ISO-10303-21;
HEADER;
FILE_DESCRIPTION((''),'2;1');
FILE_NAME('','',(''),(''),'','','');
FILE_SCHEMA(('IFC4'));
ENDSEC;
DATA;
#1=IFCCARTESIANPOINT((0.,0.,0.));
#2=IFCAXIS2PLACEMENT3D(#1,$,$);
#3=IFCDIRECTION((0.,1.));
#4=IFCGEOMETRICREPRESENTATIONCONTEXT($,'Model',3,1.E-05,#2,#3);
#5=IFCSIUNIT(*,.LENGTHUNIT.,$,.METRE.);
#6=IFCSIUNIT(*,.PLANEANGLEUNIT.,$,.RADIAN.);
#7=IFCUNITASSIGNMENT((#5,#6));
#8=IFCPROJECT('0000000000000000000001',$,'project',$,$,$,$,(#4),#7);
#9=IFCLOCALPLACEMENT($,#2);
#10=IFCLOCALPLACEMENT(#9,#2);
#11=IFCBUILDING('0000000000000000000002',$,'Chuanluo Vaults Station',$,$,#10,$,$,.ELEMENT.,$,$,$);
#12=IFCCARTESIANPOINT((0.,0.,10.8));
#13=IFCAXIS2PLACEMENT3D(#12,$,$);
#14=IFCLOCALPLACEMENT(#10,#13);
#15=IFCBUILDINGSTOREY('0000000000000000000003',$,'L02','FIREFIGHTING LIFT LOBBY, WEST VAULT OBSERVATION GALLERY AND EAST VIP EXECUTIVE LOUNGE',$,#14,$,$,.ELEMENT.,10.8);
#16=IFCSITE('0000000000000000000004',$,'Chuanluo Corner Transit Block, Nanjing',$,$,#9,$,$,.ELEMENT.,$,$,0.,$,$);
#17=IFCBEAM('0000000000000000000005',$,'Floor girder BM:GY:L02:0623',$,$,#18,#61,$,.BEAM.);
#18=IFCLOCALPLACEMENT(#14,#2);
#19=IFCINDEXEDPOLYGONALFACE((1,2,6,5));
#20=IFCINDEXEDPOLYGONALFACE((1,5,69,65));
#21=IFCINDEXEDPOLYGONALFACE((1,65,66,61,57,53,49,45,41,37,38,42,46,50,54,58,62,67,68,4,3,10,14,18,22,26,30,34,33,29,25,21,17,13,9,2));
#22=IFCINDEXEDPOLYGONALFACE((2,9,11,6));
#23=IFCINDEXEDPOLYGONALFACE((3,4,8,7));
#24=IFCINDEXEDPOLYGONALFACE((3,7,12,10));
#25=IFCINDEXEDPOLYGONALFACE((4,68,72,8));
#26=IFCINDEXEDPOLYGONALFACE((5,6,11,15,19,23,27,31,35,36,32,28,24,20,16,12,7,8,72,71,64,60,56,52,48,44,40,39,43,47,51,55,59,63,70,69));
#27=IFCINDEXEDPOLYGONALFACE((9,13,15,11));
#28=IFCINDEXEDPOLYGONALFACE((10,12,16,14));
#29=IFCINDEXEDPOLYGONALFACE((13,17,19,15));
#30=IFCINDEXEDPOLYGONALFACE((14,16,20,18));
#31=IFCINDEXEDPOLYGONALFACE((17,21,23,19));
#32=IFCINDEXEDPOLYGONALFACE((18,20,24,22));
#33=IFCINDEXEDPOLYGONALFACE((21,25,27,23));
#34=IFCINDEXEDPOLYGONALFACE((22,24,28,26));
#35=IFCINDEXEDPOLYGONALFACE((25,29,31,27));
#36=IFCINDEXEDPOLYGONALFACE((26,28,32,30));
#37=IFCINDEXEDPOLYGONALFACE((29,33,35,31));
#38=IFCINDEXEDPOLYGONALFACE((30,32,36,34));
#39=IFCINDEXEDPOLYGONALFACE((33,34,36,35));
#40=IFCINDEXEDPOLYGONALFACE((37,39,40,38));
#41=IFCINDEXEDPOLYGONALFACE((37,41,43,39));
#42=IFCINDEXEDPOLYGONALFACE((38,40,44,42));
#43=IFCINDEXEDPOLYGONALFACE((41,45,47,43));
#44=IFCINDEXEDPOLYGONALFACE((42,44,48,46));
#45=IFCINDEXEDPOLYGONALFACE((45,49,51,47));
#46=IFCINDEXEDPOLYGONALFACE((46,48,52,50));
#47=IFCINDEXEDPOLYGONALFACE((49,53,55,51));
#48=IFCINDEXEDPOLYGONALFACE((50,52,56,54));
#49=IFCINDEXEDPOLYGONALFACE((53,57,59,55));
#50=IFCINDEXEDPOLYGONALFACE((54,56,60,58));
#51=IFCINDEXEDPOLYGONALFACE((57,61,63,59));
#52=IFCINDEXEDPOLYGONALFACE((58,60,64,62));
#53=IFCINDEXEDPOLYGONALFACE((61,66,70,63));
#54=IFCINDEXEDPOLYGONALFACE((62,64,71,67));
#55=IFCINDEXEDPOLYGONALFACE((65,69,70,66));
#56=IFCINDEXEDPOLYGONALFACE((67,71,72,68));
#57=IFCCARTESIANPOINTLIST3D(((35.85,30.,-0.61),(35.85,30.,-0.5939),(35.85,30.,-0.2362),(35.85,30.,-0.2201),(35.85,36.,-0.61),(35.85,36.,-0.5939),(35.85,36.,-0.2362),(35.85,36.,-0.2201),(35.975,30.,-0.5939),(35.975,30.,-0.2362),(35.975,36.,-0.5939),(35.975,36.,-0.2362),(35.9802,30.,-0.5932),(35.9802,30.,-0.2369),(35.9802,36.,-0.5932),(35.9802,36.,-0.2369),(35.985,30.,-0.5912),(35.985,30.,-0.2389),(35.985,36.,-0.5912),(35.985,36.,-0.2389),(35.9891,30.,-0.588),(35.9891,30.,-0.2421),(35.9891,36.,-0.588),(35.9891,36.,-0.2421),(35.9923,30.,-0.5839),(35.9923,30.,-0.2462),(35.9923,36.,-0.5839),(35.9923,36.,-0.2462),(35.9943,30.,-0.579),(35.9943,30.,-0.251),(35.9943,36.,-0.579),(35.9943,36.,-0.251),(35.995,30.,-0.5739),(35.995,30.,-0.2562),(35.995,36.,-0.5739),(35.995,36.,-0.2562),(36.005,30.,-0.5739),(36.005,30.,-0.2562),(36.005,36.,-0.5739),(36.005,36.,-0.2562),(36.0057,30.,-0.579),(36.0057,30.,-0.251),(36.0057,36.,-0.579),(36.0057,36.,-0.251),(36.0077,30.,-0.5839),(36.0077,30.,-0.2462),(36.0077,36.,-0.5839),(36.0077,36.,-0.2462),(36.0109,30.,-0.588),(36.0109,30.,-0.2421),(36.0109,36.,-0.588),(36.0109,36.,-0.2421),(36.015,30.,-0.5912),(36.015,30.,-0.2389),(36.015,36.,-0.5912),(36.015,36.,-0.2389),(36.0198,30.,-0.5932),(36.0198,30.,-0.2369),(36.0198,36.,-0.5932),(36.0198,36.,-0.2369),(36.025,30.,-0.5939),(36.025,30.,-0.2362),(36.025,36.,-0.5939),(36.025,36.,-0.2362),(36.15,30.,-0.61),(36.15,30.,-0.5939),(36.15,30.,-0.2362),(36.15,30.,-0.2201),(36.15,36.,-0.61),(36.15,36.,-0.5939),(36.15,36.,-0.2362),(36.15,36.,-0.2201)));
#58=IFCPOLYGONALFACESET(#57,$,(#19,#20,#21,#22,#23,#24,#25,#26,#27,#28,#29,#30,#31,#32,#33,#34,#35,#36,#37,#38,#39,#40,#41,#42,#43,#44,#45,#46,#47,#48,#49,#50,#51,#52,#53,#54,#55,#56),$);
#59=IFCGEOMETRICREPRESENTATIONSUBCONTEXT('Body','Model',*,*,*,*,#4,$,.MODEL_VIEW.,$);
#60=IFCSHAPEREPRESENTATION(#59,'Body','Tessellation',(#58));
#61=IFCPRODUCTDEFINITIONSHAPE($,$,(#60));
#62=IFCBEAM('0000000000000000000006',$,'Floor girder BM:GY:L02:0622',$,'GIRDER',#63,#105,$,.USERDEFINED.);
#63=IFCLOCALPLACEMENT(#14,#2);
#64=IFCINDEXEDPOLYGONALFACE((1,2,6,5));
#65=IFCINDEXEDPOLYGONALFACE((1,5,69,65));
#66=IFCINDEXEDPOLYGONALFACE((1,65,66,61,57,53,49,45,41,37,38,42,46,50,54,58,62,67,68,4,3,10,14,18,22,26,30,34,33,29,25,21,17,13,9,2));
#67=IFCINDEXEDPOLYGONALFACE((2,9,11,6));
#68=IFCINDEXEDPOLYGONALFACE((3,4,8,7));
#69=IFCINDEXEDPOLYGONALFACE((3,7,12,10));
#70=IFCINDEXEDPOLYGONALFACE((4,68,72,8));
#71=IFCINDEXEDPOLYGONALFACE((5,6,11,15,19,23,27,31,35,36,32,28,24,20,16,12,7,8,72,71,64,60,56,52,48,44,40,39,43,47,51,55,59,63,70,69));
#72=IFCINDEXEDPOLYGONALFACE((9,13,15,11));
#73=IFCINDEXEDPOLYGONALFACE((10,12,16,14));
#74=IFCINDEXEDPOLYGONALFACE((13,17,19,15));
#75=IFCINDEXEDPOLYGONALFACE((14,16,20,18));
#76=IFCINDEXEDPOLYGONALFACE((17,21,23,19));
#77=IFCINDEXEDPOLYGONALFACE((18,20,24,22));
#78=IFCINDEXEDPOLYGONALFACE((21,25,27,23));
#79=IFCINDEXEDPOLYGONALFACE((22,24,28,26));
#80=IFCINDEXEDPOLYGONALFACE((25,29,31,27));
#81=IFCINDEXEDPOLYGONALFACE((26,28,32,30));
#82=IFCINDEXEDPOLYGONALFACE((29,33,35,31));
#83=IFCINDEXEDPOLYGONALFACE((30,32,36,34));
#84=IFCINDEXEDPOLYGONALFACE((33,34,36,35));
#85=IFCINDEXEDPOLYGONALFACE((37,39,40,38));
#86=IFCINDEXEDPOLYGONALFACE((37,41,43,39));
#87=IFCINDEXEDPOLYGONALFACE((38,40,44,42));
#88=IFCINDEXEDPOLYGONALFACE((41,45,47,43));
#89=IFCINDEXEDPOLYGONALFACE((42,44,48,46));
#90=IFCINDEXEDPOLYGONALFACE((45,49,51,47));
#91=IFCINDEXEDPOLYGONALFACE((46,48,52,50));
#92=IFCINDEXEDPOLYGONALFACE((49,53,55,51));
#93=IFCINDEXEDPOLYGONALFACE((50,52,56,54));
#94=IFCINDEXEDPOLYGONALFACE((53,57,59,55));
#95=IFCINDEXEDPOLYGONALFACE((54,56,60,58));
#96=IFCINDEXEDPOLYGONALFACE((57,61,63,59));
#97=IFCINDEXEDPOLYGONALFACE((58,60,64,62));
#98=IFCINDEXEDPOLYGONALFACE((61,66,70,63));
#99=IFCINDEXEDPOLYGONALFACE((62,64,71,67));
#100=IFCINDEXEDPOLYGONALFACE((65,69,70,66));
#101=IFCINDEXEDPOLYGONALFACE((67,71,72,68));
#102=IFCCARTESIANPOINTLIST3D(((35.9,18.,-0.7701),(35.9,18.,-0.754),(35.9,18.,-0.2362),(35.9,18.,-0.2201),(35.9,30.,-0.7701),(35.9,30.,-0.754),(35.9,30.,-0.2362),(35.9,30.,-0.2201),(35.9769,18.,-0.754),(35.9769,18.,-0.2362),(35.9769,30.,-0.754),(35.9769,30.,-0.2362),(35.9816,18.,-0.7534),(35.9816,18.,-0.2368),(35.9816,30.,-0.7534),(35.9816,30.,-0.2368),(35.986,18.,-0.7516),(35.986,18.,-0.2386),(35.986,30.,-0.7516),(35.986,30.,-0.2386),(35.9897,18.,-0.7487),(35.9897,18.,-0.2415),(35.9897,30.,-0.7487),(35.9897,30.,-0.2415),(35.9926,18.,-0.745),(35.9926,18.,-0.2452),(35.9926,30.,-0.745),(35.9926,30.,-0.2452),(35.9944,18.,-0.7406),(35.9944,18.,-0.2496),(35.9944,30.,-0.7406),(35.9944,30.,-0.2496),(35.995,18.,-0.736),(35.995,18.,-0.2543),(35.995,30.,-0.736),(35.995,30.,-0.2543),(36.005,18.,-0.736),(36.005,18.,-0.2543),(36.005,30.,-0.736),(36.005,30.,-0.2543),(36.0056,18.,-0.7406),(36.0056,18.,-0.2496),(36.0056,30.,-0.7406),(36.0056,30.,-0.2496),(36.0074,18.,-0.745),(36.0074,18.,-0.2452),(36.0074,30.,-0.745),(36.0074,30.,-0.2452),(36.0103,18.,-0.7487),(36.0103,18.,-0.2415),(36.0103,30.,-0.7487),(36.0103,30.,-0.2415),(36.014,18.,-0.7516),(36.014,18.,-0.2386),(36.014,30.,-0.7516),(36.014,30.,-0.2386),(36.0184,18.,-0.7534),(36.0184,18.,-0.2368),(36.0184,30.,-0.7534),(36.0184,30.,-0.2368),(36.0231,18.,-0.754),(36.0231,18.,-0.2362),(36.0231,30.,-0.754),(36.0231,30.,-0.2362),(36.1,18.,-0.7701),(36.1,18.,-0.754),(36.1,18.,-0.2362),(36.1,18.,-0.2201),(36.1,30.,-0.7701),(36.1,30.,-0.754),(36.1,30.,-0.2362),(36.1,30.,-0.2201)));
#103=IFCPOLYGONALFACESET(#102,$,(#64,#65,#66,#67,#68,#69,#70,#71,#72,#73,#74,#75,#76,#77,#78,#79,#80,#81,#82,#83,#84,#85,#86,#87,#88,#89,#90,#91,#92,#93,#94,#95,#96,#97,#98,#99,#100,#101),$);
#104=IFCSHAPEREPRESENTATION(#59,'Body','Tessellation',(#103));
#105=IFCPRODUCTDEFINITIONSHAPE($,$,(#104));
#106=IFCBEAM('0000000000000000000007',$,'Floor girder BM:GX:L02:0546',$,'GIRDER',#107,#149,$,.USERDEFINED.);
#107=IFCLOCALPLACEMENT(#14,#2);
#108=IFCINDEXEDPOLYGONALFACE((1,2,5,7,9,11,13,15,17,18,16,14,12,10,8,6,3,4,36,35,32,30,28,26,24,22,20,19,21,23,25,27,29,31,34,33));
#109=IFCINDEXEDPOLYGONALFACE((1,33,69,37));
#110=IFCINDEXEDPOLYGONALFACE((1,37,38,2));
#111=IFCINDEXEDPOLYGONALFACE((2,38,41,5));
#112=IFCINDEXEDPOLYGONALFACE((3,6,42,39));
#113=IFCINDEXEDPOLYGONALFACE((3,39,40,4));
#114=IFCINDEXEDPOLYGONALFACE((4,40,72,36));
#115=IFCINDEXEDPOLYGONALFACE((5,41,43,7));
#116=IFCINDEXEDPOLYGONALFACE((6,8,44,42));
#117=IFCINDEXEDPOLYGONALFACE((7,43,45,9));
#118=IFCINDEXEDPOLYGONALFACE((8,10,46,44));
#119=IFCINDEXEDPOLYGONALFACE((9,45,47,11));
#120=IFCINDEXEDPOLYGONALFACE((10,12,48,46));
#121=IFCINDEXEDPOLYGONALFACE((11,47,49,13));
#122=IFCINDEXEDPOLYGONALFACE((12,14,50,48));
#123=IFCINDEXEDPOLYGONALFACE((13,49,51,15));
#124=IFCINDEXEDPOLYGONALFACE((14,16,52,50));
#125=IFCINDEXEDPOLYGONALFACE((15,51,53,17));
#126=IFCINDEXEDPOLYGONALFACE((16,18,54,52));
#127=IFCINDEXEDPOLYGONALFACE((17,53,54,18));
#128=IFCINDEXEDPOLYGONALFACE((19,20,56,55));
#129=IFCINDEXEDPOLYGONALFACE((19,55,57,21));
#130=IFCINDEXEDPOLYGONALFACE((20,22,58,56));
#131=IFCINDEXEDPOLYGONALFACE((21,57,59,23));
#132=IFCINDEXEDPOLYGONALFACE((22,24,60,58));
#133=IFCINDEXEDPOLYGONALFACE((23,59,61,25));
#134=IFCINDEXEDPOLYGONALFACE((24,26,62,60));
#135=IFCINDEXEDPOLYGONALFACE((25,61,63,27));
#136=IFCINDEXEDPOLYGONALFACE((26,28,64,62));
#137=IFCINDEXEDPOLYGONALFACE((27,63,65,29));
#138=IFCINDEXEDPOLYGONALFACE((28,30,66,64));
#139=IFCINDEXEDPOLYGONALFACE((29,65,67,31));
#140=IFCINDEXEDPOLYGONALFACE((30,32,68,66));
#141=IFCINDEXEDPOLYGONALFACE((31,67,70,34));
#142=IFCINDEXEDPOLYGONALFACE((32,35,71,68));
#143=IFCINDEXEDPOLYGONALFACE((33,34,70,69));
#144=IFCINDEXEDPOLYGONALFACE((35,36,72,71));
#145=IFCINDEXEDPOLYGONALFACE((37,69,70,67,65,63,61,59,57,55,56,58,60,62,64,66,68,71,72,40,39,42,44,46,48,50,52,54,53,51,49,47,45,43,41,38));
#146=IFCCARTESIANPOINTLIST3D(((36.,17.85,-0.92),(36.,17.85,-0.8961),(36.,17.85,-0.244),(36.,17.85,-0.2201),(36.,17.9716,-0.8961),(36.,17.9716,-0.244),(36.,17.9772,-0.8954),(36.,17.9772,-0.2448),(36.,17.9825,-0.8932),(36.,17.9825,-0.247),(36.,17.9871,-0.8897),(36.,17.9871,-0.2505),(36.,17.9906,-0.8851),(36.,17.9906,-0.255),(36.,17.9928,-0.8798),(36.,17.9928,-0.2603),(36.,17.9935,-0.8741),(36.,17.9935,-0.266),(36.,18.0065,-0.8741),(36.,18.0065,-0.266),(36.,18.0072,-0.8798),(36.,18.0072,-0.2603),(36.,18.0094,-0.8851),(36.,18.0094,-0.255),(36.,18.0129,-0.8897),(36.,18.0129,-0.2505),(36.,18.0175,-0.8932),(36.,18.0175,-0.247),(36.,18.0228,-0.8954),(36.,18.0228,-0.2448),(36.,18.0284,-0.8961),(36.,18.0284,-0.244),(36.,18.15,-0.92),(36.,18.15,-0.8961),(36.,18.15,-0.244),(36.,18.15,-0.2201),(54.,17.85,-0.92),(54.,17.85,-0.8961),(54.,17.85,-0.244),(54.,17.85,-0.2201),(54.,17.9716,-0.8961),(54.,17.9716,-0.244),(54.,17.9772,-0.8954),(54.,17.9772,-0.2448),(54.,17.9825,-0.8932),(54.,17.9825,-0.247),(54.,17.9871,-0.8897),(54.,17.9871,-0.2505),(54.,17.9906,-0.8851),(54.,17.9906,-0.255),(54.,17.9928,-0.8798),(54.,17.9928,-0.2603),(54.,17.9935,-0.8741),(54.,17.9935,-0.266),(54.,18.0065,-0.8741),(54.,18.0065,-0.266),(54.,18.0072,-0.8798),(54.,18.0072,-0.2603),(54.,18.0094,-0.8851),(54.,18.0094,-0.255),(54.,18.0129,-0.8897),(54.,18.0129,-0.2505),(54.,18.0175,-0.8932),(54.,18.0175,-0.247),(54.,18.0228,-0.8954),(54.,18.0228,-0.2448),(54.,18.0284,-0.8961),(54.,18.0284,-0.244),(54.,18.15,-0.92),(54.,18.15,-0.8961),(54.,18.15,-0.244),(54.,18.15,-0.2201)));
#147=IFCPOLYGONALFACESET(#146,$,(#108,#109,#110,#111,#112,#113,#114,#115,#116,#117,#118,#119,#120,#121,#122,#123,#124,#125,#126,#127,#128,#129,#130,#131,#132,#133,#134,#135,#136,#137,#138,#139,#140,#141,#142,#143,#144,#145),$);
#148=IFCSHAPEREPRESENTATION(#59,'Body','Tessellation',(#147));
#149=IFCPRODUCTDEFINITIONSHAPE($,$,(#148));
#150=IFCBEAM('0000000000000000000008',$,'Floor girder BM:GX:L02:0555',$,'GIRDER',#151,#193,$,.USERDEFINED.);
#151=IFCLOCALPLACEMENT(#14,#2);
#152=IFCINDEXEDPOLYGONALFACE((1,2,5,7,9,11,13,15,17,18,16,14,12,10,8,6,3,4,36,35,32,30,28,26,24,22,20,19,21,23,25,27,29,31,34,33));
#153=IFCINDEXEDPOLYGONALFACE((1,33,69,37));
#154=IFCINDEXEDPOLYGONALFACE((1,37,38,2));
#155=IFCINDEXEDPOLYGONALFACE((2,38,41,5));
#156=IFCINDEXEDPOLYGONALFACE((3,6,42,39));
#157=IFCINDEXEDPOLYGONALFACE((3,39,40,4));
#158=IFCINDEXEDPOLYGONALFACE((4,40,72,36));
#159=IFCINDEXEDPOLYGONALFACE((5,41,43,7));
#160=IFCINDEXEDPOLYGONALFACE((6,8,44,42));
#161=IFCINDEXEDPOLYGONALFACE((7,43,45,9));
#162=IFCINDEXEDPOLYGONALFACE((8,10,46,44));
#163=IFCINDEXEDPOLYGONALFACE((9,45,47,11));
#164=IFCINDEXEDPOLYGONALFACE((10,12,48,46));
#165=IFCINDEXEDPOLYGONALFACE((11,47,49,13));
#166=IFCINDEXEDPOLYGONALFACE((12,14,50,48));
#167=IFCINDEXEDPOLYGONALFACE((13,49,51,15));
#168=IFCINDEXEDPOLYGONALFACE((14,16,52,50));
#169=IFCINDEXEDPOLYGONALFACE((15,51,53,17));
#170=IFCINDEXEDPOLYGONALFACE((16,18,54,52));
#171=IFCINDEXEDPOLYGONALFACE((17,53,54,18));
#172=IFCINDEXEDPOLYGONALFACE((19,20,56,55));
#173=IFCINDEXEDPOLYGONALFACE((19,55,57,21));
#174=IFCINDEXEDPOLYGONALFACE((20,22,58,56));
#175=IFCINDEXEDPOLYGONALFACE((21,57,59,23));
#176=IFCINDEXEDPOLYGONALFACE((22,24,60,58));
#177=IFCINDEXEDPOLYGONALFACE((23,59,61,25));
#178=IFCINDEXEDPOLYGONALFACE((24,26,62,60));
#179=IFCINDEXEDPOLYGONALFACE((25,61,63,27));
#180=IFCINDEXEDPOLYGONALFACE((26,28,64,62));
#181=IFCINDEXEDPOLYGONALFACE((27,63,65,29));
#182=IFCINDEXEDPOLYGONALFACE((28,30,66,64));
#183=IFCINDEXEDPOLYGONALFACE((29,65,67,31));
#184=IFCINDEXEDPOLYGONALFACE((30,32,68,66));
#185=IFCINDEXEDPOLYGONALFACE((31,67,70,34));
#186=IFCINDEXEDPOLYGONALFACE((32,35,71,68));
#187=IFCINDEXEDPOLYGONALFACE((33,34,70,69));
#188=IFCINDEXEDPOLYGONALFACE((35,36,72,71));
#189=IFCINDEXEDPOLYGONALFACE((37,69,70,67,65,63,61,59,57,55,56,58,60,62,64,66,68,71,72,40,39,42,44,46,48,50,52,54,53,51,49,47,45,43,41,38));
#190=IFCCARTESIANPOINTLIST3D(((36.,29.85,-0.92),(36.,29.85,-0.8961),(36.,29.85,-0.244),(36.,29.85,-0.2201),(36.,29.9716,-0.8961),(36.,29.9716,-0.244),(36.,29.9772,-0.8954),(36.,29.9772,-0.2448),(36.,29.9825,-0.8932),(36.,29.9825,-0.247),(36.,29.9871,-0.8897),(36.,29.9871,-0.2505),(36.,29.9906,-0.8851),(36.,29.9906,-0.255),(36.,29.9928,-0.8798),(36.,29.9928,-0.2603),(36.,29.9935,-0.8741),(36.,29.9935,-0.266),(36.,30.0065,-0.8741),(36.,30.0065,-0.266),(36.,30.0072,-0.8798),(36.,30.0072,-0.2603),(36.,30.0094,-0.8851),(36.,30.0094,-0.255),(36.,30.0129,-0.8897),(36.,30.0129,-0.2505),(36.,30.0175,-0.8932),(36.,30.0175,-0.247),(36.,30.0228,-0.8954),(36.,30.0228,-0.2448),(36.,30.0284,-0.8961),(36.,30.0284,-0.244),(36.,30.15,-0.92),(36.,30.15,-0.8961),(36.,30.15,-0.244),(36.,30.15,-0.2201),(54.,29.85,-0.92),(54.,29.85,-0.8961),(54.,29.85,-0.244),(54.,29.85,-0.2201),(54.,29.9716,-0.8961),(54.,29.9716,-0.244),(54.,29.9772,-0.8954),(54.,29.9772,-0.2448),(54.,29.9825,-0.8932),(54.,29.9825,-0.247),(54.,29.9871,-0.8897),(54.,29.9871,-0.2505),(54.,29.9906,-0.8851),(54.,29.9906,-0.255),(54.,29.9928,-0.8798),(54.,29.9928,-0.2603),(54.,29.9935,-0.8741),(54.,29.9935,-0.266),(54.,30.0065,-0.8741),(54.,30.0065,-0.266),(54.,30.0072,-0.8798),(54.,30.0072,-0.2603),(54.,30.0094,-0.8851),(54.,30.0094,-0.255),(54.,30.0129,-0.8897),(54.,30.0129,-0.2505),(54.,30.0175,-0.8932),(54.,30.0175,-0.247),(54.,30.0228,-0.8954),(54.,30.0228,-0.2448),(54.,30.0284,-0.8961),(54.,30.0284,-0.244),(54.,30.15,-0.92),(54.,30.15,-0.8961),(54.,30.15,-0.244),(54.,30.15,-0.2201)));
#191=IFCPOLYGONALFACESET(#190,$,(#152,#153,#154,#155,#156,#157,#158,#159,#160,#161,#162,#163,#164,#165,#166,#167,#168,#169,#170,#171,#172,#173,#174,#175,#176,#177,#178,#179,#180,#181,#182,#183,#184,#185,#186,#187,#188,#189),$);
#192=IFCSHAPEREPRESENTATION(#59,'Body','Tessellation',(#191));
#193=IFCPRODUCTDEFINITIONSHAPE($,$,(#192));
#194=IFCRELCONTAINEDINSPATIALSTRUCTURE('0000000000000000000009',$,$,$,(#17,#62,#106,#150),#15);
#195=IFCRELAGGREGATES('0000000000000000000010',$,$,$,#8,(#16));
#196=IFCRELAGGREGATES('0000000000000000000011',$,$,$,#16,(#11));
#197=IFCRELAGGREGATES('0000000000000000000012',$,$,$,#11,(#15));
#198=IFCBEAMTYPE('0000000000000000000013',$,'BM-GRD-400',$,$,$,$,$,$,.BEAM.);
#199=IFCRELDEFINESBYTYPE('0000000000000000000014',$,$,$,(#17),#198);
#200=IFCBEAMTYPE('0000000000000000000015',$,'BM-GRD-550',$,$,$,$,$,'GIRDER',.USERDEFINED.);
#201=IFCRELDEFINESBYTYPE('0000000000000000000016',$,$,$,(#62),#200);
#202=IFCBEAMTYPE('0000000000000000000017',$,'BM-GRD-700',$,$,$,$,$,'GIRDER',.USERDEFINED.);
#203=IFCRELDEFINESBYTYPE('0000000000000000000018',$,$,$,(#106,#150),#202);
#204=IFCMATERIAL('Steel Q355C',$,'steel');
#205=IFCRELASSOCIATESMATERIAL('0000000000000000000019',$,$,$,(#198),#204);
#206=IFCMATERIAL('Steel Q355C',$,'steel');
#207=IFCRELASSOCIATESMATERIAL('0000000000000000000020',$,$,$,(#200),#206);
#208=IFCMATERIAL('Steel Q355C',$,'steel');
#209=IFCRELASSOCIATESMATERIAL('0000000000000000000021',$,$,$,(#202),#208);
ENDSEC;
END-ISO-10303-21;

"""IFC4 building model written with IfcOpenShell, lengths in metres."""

from ifc_helpers import new_model, si_unit, direction, frame, origin, origin_2d, place, context, subcontext, project, spatial, i_section, extrude, material, material_profile, profile_set, type_object, element, save


model = new_model("IFC4")

# Units and contexts
model_context = context("Model", 3, precision=1e-05, world=origin(), true_north=direction((0.0, 1.0)))
body_context = subcontext(model_context, "Body", "Model", "MODEL_VIEW")
ifc_project = project(units=[si_unit("LENGTHUNIT", "METRE"), si_unit("PLANEANGLEUNIT", "RADIAN")], contexts=[model_context])

# Site, building, storey
site_placement = place(None, origin())
site = spatial("IfcSite", under=ifc_project, at=site_placement, Name="Chuanluo Corner Transit Block, Nanjing", CompositionType="ELEMENT", RefElevation=0.0)
building_placement = place(site_placement, origin())
building = spatial("IfcBuilding", under=site, at=building_placement, Name="Chuanluo Vaults Station", CompositionType="ELEMENT")
storey_placement = place(building_placement, frame((0.0, 0.0, 10.8)))
storey = spatial("IfcBuildingStorey", under=building, at=storey_placement, Name="L02", Description="FIREFIGHTING LIFT LOBBY, WEST VAULT OBSERVATION GALLERY AND EAST VIP EXECUTIVE LOUNGE", CompositionType="ELEMENT", Elevation=10.8)

# Beams
ifc_material_1 = material(Name="Steel Q355C", Category="steel")
ifc_material_profile_1 = material_profile(ifc_material_1, i_section(OverallWidth=0.3, OverallDepth=0.3899, WebThickness=0.01, FlangeThickness=0.0161, FilletRadius=0.02, at=origin_2d()))
ifc_profile_set_1 = profile_set([ifc_material_profile_1], Name="Steel Q355C")
beam_type_1 = type_object("IfcBeamType", Name="BM-GRD-400", PredefinedType="BEAM", material=ifc_profile_set_1)
beam_1_placement = place(storey_placement, frame((36.0, 30.0, -0.415), z_axis=(0.0, 1.0, 0.0), x_axis=(-1.0, 0.0, 0.0)))
element("IfcBeam", 1, at=beam_1_placement, inside=storey, type_object=beam_type_1, Name="Floor girder BM:GY:L02:0623", PredefinedType="BEAM", context=body_context, shape_type="SweptSolid", body=[
    extrude(i_section(OverallWidth=0.3, OverallDepth=0.3899, WebThickness=0.01, FlangeThickness=0.0161, FilletRadius=0.02, at=origin_2d()), origin(), (0.0, 0.0, 1.0), 6.0),
])
ifc_material_2 = material(Name="Steel Q355C", Category="steel")
ifc_material_profile_2 = material_profile(ifc_material_2, i_section(OverallWidth=0.2, OverallDepth=0.55, WebThickness=0.01, FlangeThickness=0.0161, FilletRadius=0.0181, at=origin_2d()))
ifc_profile_set_2 = profile_set([ifc_material_profile_2], Name="Steel Q355C")
beam_type_2 = type_object("IfcBeamType", Name="BM-GRD-550", ElementType="GIRDER", PredefinedType="USERDEFINED", material=ifc_profile_set_2)
beam_2_placement = place(storey_placement, frame((36.0, 18.0, -0.4951), z_axis=(0.0, 1.0, 0.0), x_axis=(-1.0, 0.0, 0.0)))
element("IfcBeam", 2, at=beam_2_placement, inside=storey, type_object=beam_type_2, Name="Floor girder BM:GY:L02:0622", ObjectType="GIRDER", PredefinedType="USERDEFINED", context=body_context, shape_type="SweptSolid", body=[
    extrude(i_section(OverallWidth=0.2, OverallDepth=0.55, WebThickness=0.01, FlangeThickness=0.0161, FilletRadius=0.0181, at=origin_2d()), origin(), (0.0, 0.0, 1.0), 12.0),
])
ifc_material_3 = material(Name="Steel Q355C", Category="steel")
ifc_material_profile_3 = material_profile(ifc_material_3, i_section(OverallWidth=0.3, OverallDepth=0.7, WebThickness=0.0129, FlangeThickness=0.0239, FilletRadius=0.022, at=origin_2d()))
ifc_profile_set_3 = profile_set([ifc_material_profile_3], Name="Steel Q355C")
beam_type_3 = type_object("IfcBeamType", Name="BM-GRD-700", ElementType="GIRDER", PredefinedType="USERDEFINED", material=ifc_profile_set_3)
for number, where, z_axis, x_axis, name in (
    (3, (36.0, 18.0, -0.5701), (1.0, 0.0, 0.0), (0.0, 1.0, 0.0), "Floor girder BM:GX:L02:0546"),
    (4, (36.0, 30.0, -0.5701), (1.0, 0.0, 0.0), (0.0, 1.0, 0.0), "Floor girder BM:GX:L02:0555"),
):
    element("IfcBeam", number, at=place(storey_placement, frame(where, z_axis=z_axis, x_axis=x_axis)), inside=storey, type_object=beam_type_3, Name=name, ObjectType="GIRDER", PredefinedType="USERDEFINED", context=body_context, shape_type="SweptSolid", body=[
        extrude(i_section(OverallWidth=0.3, OverallDepth=0.7, WebThickness=0.0129, FlangeThickness=0.0239, FilletRadius=0.022, at=origin_2d()), origin(), (0.0, 0.0, 1.0), 18.0),
    ])

save(model, "model.ifc")
